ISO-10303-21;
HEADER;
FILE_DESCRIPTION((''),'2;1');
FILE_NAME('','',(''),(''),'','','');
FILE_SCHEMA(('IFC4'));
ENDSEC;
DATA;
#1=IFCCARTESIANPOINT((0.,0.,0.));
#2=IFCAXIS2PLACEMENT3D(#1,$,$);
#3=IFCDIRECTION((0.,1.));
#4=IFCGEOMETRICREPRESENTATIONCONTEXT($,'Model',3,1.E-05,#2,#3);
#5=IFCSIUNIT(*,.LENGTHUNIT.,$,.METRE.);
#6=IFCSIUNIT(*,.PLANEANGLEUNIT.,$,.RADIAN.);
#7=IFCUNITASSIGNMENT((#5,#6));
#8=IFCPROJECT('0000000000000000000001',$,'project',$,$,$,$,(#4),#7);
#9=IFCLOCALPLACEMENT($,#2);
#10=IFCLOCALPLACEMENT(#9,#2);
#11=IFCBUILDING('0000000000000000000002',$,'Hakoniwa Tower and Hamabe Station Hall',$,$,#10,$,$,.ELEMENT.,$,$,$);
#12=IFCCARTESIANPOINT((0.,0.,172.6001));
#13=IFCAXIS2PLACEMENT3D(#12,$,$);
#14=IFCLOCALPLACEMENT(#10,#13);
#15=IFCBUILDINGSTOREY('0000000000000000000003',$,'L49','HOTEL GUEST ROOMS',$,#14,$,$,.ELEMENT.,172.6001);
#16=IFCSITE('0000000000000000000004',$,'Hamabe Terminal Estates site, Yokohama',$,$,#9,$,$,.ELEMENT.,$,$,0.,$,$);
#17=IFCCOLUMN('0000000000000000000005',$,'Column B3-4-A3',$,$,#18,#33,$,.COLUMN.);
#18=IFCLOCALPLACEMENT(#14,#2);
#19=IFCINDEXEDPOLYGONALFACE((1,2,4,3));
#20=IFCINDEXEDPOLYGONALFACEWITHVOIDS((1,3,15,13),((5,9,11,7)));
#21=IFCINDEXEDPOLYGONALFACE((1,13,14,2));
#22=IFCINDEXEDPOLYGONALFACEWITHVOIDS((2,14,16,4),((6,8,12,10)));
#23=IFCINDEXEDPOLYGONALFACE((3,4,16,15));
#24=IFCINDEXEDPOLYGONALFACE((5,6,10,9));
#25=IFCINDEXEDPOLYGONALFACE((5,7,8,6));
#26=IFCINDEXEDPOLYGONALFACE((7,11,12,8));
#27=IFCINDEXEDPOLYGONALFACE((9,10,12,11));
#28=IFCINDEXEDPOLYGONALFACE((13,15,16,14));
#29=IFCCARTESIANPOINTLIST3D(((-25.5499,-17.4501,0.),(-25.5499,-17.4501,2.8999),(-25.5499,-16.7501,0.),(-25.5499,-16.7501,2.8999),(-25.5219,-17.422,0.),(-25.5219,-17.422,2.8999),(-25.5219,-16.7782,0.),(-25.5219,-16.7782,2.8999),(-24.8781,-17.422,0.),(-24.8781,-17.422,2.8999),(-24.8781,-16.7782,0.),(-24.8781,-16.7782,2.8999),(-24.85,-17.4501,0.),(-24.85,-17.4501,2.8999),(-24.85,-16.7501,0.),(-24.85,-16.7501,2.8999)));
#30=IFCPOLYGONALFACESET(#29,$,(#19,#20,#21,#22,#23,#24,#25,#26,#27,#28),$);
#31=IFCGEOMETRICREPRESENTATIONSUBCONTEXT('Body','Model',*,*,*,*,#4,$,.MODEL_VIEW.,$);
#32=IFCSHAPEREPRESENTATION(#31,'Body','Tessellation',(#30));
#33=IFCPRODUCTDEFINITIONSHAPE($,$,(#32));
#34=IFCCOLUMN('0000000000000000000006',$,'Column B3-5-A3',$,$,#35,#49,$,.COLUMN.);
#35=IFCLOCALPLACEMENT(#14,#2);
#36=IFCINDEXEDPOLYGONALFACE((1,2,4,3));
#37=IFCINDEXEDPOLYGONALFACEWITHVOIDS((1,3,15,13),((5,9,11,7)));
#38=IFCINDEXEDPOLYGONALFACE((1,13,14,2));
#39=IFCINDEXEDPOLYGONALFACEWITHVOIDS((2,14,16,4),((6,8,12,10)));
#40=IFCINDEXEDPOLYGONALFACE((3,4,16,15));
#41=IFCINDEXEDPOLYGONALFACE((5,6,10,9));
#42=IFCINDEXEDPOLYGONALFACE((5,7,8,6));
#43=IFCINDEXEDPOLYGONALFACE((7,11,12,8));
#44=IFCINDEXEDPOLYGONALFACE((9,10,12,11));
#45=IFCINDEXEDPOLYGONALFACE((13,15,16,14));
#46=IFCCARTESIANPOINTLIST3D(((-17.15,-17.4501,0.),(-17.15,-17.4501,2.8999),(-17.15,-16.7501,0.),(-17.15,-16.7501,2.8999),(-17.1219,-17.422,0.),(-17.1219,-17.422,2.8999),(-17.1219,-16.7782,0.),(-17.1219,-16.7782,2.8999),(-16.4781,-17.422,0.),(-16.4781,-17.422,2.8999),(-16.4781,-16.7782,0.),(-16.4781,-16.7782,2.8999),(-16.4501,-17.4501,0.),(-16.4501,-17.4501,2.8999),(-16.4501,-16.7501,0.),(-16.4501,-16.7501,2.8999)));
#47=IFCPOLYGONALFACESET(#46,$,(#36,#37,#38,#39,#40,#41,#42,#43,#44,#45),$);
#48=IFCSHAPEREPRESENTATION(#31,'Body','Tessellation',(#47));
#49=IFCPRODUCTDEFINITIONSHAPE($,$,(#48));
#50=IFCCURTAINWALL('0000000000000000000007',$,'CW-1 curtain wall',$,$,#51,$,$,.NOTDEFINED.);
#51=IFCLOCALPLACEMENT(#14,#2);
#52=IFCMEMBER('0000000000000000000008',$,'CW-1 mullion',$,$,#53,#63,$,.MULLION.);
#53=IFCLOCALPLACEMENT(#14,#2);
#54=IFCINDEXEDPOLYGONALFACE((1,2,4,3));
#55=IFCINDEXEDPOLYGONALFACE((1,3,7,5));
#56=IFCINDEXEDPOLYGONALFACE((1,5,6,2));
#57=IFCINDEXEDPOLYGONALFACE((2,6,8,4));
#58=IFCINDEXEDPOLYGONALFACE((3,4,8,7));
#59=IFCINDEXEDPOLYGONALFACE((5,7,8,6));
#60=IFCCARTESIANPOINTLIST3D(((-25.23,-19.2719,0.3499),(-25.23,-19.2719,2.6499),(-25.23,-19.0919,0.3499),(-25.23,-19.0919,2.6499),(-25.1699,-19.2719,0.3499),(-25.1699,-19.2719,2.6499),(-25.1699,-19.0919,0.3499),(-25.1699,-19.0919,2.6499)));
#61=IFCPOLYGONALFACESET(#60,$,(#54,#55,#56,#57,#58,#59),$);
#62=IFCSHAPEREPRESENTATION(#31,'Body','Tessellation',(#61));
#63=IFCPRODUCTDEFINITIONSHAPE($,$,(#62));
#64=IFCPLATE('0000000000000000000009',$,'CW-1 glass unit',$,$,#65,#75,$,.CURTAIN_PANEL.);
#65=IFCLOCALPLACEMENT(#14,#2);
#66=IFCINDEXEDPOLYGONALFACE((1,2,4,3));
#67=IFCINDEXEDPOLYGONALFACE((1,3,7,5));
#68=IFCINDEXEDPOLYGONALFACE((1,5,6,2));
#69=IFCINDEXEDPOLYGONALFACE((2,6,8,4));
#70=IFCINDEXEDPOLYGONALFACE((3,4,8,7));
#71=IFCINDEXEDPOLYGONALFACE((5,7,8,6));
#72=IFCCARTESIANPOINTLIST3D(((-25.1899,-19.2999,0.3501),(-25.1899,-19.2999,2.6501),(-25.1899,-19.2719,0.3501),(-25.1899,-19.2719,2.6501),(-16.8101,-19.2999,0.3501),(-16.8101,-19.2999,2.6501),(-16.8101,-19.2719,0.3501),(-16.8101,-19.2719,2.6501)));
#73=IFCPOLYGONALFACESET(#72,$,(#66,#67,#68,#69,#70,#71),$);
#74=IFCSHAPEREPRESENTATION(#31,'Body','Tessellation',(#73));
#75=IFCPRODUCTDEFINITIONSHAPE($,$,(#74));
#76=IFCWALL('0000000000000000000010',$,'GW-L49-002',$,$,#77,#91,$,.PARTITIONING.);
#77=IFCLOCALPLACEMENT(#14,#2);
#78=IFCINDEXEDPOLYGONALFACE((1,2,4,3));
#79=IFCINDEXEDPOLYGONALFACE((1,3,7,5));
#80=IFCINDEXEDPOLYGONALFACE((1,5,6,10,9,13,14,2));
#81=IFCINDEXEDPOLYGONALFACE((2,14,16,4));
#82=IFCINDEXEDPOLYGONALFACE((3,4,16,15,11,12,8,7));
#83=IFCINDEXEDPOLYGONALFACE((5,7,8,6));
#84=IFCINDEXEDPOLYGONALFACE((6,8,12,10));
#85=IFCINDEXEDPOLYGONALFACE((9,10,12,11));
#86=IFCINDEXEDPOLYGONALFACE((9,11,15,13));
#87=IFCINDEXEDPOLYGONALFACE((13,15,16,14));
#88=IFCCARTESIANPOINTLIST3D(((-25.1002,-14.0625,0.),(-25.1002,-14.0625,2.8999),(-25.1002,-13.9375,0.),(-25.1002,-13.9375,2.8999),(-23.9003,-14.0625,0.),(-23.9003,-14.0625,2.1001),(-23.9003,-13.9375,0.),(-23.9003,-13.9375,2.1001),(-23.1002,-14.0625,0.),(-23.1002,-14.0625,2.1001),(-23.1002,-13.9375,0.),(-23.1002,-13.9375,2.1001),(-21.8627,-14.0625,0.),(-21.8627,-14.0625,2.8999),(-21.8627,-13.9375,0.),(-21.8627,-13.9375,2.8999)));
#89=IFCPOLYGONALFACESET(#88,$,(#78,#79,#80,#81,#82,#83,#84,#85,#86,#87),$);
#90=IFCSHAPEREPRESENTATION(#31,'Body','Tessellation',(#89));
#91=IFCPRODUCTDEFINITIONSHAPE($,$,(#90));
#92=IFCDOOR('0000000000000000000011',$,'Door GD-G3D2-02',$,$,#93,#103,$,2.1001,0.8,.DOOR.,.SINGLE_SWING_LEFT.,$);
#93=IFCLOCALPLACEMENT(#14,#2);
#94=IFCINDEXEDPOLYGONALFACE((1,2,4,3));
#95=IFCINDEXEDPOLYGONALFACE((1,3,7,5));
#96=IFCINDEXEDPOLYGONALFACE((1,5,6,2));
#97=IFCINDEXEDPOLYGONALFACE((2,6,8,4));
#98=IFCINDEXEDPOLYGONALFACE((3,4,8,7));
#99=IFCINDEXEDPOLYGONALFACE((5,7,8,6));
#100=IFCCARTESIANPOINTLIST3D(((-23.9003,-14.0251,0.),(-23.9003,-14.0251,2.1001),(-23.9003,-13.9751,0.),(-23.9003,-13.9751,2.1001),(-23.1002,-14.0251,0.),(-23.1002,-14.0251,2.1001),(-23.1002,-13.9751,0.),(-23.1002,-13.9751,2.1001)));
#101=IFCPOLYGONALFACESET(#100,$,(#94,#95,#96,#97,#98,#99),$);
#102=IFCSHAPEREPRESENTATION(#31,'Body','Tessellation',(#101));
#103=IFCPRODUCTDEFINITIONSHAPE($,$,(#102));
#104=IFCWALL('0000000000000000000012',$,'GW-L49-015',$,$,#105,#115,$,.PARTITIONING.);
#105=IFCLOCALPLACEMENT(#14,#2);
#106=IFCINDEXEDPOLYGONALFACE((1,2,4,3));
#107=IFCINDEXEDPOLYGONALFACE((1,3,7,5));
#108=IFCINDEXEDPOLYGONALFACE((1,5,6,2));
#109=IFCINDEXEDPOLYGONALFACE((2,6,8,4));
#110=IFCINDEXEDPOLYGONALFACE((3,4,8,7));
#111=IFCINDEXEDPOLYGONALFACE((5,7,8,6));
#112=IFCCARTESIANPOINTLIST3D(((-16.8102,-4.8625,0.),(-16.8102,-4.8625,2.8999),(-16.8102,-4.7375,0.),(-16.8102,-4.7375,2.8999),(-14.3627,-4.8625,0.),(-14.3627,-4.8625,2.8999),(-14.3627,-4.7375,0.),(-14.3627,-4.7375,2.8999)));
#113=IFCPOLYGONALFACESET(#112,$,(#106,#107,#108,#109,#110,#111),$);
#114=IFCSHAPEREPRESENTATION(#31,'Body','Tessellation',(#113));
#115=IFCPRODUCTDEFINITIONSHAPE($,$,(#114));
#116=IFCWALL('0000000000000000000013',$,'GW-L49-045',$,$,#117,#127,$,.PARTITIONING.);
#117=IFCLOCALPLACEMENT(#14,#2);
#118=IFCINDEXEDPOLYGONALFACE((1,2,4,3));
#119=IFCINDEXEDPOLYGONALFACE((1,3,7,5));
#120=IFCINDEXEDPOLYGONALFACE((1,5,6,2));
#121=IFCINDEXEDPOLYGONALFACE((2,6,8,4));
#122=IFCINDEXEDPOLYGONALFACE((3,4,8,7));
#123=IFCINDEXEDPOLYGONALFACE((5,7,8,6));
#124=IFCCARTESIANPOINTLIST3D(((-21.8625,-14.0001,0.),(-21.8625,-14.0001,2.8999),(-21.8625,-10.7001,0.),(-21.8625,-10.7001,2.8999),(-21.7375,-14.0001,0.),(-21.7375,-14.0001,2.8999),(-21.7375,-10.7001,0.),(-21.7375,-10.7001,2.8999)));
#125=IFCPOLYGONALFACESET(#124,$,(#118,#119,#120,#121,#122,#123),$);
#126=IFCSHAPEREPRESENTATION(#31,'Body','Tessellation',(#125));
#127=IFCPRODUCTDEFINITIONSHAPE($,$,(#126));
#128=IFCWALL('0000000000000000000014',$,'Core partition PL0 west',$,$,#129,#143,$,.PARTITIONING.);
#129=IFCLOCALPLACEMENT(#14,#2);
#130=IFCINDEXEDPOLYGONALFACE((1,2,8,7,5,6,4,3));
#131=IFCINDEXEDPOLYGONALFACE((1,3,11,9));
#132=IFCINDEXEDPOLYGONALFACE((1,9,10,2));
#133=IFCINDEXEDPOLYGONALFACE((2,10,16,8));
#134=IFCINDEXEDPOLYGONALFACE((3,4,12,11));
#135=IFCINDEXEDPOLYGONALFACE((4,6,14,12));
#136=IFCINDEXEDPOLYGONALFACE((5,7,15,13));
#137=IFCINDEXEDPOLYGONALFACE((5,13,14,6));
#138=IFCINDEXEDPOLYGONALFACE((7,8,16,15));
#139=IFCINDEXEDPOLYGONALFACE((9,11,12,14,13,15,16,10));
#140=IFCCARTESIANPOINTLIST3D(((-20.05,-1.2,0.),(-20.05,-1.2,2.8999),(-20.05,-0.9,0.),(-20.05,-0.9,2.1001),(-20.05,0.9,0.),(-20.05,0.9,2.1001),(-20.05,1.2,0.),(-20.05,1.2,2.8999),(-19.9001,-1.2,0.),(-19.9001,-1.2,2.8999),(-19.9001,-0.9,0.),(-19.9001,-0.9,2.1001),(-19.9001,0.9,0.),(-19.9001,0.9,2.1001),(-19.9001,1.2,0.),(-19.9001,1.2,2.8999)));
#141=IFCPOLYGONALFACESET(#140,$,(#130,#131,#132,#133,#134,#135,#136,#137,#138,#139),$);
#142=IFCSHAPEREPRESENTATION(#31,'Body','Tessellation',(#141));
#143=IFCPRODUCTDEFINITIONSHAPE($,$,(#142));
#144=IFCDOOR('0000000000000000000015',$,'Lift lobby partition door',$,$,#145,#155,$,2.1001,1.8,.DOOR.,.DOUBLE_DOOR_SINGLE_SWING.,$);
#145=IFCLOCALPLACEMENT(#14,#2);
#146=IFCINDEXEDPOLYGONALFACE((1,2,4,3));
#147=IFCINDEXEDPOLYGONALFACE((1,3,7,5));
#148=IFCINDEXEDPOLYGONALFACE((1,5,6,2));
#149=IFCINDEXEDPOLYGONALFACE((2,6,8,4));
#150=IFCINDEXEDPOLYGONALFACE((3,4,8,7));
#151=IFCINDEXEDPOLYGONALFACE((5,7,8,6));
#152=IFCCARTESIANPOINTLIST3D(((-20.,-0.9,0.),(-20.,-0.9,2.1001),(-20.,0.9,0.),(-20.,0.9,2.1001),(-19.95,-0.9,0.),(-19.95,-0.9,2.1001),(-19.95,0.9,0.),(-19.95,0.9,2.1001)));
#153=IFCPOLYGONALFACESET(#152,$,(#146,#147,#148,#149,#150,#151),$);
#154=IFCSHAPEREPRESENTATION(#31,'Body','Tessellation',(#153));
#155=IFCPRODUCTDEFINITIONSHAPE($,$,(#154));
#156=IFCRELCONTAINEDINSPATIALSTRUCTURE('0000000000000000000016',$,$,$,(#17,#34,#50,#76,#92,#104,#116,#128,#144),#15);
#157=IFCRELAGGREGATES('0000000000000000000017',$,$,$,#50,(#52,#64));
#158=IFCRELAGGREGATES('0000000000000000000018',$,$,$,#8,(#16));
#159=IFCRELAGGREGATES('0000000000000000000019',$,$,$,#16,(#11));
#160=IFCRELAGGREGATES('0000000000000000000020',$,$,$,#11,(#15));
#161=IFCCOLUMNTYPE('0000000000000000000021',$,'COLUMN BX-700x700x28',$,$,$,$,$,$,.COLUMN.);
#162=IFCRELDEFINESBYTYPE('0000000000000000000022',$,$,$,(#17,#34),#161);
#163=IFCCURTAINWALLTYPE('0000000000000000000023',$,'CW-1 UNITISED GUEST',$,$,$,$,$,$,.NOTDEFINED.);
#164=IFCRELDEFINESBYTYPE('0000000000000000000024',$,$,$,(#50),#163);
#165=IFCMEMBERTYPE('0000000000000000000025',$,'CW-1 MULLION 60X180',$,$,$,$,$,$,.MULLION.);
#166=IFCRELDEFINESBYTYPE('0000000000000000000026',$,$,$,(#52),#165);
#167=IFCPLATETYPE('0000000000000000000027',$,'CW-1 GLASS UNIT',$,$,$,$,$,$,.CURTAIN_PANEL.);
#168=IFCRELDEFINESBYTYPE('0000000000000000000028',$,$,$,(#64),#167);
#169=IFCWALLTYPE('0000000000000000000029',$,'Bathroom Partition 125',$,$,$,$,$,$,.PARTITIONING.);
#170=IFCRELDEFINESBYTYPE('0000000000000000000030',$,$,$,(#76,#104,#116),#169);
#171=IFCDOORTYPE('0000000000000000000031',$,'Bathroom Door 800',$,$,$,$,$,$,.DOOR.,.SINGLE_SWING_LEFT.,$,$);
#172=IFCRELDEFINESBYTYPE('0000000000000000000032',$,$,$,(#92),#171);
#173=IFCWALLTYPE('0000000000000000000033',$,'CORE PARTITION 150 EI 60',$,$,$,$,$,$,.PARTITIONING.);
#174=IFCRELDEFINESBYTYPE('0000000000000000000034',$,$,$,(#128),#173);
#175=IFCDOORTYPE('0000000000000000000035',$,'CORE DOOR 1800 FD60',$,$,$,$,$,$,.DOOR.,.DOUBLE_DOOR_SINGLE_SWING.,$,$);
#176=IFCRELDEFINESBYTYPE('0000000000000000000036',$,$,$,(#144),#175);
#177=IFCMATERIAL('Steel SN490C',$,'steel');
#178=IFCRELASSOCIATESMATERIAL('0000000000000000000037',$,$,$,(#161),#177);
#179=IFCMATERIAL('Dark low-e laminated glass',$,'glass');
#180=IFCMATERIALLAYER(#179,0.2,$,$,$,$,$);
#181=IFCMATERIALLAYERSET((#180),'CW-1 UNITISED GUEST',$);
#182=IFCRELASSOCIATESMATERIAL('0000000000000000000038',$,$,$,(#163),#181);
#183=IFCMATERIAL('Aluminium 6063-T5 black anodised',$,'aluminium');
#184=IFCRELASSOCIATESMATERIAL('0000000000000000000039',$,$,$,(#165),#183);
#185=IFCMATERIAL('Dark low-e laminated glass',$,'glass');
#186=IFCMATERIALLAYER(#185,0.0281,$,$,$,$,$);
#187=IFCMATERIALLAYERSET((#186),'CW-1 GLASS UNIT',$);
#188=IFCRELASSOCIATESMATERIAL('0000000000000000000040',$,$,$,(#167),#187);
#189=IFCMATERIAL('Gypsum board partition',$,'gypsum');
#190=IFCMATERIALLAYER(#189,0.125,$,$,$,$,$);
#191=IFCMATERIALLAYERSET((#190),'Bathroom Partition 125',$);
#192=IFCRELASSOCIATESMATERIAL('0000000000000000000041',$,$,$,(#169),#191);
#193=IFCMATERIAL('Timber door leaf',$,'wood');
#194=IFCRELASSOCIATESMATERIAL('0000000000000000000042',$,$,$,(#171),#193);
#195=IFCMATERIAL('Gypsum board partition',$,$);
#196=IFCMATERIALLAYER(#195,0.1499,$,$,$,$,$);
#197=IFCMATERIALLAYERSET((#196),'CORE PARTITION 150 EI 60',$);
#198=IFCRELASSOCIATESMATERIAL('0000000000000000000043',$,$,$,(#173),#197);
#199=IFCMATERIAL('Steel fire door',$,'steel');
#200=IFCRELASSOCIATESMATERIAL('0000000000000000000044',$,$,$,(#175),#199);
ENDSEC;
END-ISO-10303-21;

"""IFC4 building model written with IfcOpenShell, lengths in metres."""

from ifc_helpers import new_model, si_unit, direction, frame, frame_2d, origin, origin_2d, place, context, subcontext, project, spatial, rectangle, hollow_rectangle, extrude, material, layer, layer_set, material_profile, profile_set, type_object, element, fill, aggregate, save


model = new_model("IFC4")

# Units and contexts
model_context = context("Model", 3, precision=1e-05, world=origin(), true_north=direction((0.0, 1.0)))
body_context = subcontext(model_context, "Body", "Model", "MODEL_VIEW")
ifc_project = project(units=[si_unit("LENGTHUNIT", "METRE"), si_unit("PLANEANGLEUNIT", "RADIAN")], contexts=[model_context])

# Site, building, storey
site_placement = place(None, origin())
site = spatial("IfcSite", under=ifc_project, at=site_placement, Name="Hamabe Terminal Estates site, Yokohama", CompositionType="ELEMENT", RefElevation=0.0)
building_placement = place(site_placement, origin())
building = spatial("IfcBuilding", under=site, at=building_placement, Name="Hakoniwa Tower and Hamabe Station Hall", CompositionType="ELEMENT")
storey_placement = place(building_placement, frame((0.0, 0.0, 172.6001)))
storey = spatial("IfcBuildingStorey", under=building, at=storey_placement, Name="L49", Description="HOTEL GUEST ROOMS", CompositionType="ELEMENT", Elevation=172.6001)

# Columns
ifc_material_1 = material(Name="Steel SN490C", Category="steel")
ifc_material_profile_1 = material_profile(ifc_material_1, hollow_rectangle(XDim=0.7, YDim=0.7, WallThickness=0.0281, at=origin_2d()), Name="BX-700x700x28")
ifc_profile_set_1 = profile_set([ifc_material_profile_1], Name="Steel SN490C")
column_type = type_object("IfcColumnType", Name="COLUMN BX-700x700x28", PredefinedType="COLUMN", material=ifc_profile_set_1)
for number, where, z_axis, x_axis, name in (
    (1, (-25.2, -17.1001, 0.0), (0.0, 0.0, 1.0), (1.0, 0.0, 0.0), "Column B3-4-A3"),
    (2, (-16.8, -17.1001, 0.0), (0.0, 0.0, 1.0), (1.0, 0.0, 0.0), "Column B3-5-A3"),
):
    element("IfcColumn", number, at=place(storey_placement, frame(where, z_axis=z_axis, x_axis=x_axis)), inside=storey, type_object=column_type, Name=name, PredefinedType="COLUMN", context=body_context, shape_type="SweptSolid", body=[
        extrude(hollow_rectangle(XDim=0.7, YDim=0.7, WallThickness=0.0281, at=origin_2d()), origin(), (0.0, 0.0, 1.0), 2.8999),
    ])

# Curtain wall, member, plate
ifc_material_2 = material(Name="Dark low-e laminated glass", Category="glass")
ifc_layer_1 = layer(ifc_material_2, 0.2)
ifc_layer_set_1 = layer_set([ifc_layer_1], Name="CW-1 UNITISED GUEST")
curtain_wall_type = type_object("IfcCurtainWallType", Name="CW-1 UNITISED GUEST", PredefinedType="NOTDEFINED", material=ifc_layer_set_1)
curtain_wall_placement = place(storey_placement, origin())
curtain_wall = element("IfcCurtainWall", 3, at=curtain_wall_placement, inside=storey, type_object=curtain_wall_type, Name="CW-1 curtain wall", PredefinedType="NOTDEFINED")
ifc_material_3 = material(Name="Aluminium 6063-T5 black anodised", Category="aluminium")
ifc_material_profile_2 = material_profile(ifc_material_3, rectangle(XDim=0.0601, YDim=0.1799, at=origin_2d()), Name="CW-1 MULLION 60X180")
ifc_profile_set_2 = profile_set([ifc_material_profile_2], Name="Aluminium 6063-T5 black anodised")
member_type = type_object("IfcMemberType", Name="CW-1 MULLION 60X180", PredefinedType="MULLION", material=ifc_profile_set_2)
member_placement = place(storey_placement, frame((-25.2, -19.1819, 0.3499), z_axis=(0.0, 0.0, 1.0), x_axis=(1.0, 0.0, 0.0)))
member = element("IfcMember", 4, at=member_placement, type_object=member_type, Name="CW-1 mullion", PredefinedType="MULLION", context=body_context, shape_type="SweptSolid", body=[
    extrude(rectangle(XDim=0.0601, YDim=0.1799, at=origin_2d()), origin(), (0.0, 0.0, 1.0), 2.3),
])
ifc_material_4 = material(Name="Dark low-e laminated glass", Category="glass")
ifc_layer_2 = layer(ifc_material_4, 0.0281)
ifc_layer_set_2 = layer_set([ifc_layer_2], Name="CW-1 GLASS UNIT")
plate_type = type_object("IfcPlateType", Name="CW-1 GLASS UNIT", PredefinedType="CURTAIN_PANEL", material=ifc_layer_set_2)
plate_placement = place(storey_placement, frame((-21.0, -19.2859, 0.3501), z_axis=(0.0, 0.0, 1.0), x_axis=(1.0, 0.0, 0.0)))
plate = element("IfcPlate", 5, at=plate_placement, type_object=plate_type, Name="CW-1 glass unit", PredefinedType="CURTAIN_PANEL", context=body_context, shape_type="SweptSolid", body=[
    extrude(rectangle(XDim=8.3799, YDim=0.0281, at=origin_2d()), origin(), (0.0, 0.0, 1.0), 2.3),
])
aggregate(curtain_wall, [member, plate])

# Wall, opening, door
ifc_material_5 = material(Name="Gypsum board partition", Category="gypsum")
ifc_layer_3 = layer(ifc_material_5, 0.125)
ifc_layer_set_3 = layer_set([ifc_layer_3], Name="Bathroom Partition 125")
wall_type_1 = type_object("IfcWallType", Name="Bathroom Partition 125", PredefinedType="PARTITIONING", material=ifc_layer_set_3)
wall_1_placement = place(storey_placement, frame((-25.1001, -14.0, 0.0), z_axis=(0.0, 0.0, 1.0), x_axis=(1.0, 0.0, 0.0)))
wall_1 = element("IfcWall", 6, at=wall_1_placement, inside=storey, type_object=wall_type_1, Name="GW-L49-002", PredefinedType="PARTITIONING", context=body_context, shape_type="SweptSolid", body=[
    extrude(rectangle(XDim=3.2375, YDim=0.125, at=frame_2d((1.6187, 0.0))), origin(), (0.0, 0.0, 1.0), 2.8999),
])
opening_1_placement = place(wall_1_placement, frame((1.2, 0.0, 0.0)))
opening_1 = element("IfcOpeningElement", 7, at=opening_1_placement, cuts=wall_1, PredefinedType="OPENING", context=body_context, shape_type="SweptSolid", body=[
    extrude(rectangle(XDim=0.8, YDim=2.1001, at=frame_2d((0.3999, 1.05))), frame((0.0, 0.0725, 0.0), z_axis=(0.0, -1.0, 0.0), x_axis=(1.0, 0.0, 0.0)), (0.0, 0.0, 1.0), 0.145),
])
ifc_material_6 = material(Name="Timber door leaf", Category="wood")
door_type_1 = type_object("IfcDoorType", Name="Bathroom Door 800", OperationType="SINGLE_SWING_LEFT", PredefinedType="DOOR", material=ifc_material_6)
door_1_placement = place(opening_1_placement, origin())
door_1 = element("IfcDoor", 8, at=door_1_placement, inside=storey, type_object=door_type_1, Name="Door GD-G3D2-02", OperationType="SINGLE_SWING_LEFT", OverallHeight=2.1001, OverallWidth=0.8, PredefinedType="DOOR", context=body_context, shape_type="SweptSolid", body=[
    extrude(rectangle(XDim=0.8, YDim=2.1001, at=frame_2d((0.3999, 1.05))), frame((0.0, 0.0249, 0.0), z_axis=(0.0, -1.0, 0.0), x_axis=(1.0, 0.0, 0.0)), (0.0, 0.0, 1.0), 0.05),
])
fill(opening_1, door_1)

# Walls
wall_2_placement = place(storey_placement, frame((-16.8101, -4.8, 0.0), z_axis=(0.0, 0.0, 1.0), x_axis=(1.0, 0.0, 0.0)))
element("IfcWall", 9, at=wall_2_placement, inside=storey, type_object=wall_type_1, Name="GW-L49-015", PredefinedType="PARTITIONING", context=body_context, shape_type="SweptSolid", body=[
    extrude(rectangle(XDim=2.4475, YDim=0.125, at=frame_2d((1.2236, 0.0))), origin(), (0.0, 0.0, 1.0), 2.8999),
])
wall_3_placement = place(storey_placement, frame((-21.8, -14.0, 0.0), z_axis=(0.0, 0.0, 1.0), x_axis=(0.0, 1.0, 0.0)))
element("IfcWall", 10, at=wall_3_placement, inside=storey, type_object=wall_type_1, Name="GW-L49-045", PredefinedType="PARTITIONING", context=body_context, shape_type="SweptSolid", body=[
    extrude(rectangle(XDim=3.3, YDim=0.125, at=frame_2d((1.6499, 0.0))), origin(), (0.0, 0.0, 1.0), 2.8999),
])

# Wall, opening, door
ifc_material_7 = material(Name="Gypsum board partition")
ifc_layer_4 = layer(ifc_material_7, 0.1499)
ifc_layer_set_4 = layer_set([ifc_layer_4], Name="CORE PARTITION 150 EI 60")
wall_type_2 = type_object("IfcWallType", Name="CORE PARTITION 150 EI 60", PredefinedType="PARTITIONING", material=ifc_layer_set_4)
wall_4_placement = place(storey_placement, frame((-19.9751, -1.2, 0.0), z_axis=(0.0, 0.0, 1.0), x_axis=(0.0, 1.0, 0.0)))
wall_4 = element("IfcWall", 11, at=wall_4_placement, inside=storey, type_object=wall_type_2, Name="Core partition PL0 west", PredefinedType="PARTITIONING", context=body_context, shape_type="SweptSolid", body=[
    extrude(rectangle(XDim=2.3999, YDim=0.1499, at=frame_2d((1.2, 0.0))), origin(), (0.0, 0.0, 1.0), 2.8999),
])
opening_2_placement = place(wall_4_placement, frame((0.3, 0.0, 0.0)))
opening_2 = element("IfcOpeningElement", 12, at=opening_2_placement, cuts=wall_4, PredefinedType="OPENING", context=body_context, shape_type="SweptSolid", body=[
    extrude(rectangle(XDim=1.8, YDim=2.1001, at=frame_2d((0.8999, 1.05))), frame((0.0, 0.085, 0.0), z_axis=(0.0, -1.0, 0.0), x_axis=(1.0, 0.0, 0.0)), (0.0, 0.0, 1.0), 0.1699),
])
ifc_material_8 = material(Name="Steel fire door", Category="steel")
door_type_2 = type_object("IfcDoorType", Name="CORE DOOR 1800 FD60", OperationType="DOUBLE_DOOR_SINGLE_SWING", PredefinedType="DOOR", material=ifc_material_8)
door_2_placement = place(opening_2_placement, origin())
door_2 = element("IfcDoor", 13, at=door_2_placement, inside=storey, type_object=door_type_2, Name="Lift lobby partition door", OperationType="DOUBLE_DOOR_SINGLE_SWING", OverallHeight=2.1001, OverallWidth=1.8, PredefinedType="DOOR", context=body_context, shape_type="SweptSolid", body=[
    extrude(rectangle(XDim=1.8, YDim=2.1001, at=frame_2d((0.8999, 1.05))), frame((0.0, 0.0249, 0.0), z_axis=(0.0, -1.0, 0.0), x_axis=(1.0, 0.0, 0.0)), (0.0, 0.0, 1.0), 0.05),
])
fill(opening_2, door_2)

save(model, "model.ifc")
